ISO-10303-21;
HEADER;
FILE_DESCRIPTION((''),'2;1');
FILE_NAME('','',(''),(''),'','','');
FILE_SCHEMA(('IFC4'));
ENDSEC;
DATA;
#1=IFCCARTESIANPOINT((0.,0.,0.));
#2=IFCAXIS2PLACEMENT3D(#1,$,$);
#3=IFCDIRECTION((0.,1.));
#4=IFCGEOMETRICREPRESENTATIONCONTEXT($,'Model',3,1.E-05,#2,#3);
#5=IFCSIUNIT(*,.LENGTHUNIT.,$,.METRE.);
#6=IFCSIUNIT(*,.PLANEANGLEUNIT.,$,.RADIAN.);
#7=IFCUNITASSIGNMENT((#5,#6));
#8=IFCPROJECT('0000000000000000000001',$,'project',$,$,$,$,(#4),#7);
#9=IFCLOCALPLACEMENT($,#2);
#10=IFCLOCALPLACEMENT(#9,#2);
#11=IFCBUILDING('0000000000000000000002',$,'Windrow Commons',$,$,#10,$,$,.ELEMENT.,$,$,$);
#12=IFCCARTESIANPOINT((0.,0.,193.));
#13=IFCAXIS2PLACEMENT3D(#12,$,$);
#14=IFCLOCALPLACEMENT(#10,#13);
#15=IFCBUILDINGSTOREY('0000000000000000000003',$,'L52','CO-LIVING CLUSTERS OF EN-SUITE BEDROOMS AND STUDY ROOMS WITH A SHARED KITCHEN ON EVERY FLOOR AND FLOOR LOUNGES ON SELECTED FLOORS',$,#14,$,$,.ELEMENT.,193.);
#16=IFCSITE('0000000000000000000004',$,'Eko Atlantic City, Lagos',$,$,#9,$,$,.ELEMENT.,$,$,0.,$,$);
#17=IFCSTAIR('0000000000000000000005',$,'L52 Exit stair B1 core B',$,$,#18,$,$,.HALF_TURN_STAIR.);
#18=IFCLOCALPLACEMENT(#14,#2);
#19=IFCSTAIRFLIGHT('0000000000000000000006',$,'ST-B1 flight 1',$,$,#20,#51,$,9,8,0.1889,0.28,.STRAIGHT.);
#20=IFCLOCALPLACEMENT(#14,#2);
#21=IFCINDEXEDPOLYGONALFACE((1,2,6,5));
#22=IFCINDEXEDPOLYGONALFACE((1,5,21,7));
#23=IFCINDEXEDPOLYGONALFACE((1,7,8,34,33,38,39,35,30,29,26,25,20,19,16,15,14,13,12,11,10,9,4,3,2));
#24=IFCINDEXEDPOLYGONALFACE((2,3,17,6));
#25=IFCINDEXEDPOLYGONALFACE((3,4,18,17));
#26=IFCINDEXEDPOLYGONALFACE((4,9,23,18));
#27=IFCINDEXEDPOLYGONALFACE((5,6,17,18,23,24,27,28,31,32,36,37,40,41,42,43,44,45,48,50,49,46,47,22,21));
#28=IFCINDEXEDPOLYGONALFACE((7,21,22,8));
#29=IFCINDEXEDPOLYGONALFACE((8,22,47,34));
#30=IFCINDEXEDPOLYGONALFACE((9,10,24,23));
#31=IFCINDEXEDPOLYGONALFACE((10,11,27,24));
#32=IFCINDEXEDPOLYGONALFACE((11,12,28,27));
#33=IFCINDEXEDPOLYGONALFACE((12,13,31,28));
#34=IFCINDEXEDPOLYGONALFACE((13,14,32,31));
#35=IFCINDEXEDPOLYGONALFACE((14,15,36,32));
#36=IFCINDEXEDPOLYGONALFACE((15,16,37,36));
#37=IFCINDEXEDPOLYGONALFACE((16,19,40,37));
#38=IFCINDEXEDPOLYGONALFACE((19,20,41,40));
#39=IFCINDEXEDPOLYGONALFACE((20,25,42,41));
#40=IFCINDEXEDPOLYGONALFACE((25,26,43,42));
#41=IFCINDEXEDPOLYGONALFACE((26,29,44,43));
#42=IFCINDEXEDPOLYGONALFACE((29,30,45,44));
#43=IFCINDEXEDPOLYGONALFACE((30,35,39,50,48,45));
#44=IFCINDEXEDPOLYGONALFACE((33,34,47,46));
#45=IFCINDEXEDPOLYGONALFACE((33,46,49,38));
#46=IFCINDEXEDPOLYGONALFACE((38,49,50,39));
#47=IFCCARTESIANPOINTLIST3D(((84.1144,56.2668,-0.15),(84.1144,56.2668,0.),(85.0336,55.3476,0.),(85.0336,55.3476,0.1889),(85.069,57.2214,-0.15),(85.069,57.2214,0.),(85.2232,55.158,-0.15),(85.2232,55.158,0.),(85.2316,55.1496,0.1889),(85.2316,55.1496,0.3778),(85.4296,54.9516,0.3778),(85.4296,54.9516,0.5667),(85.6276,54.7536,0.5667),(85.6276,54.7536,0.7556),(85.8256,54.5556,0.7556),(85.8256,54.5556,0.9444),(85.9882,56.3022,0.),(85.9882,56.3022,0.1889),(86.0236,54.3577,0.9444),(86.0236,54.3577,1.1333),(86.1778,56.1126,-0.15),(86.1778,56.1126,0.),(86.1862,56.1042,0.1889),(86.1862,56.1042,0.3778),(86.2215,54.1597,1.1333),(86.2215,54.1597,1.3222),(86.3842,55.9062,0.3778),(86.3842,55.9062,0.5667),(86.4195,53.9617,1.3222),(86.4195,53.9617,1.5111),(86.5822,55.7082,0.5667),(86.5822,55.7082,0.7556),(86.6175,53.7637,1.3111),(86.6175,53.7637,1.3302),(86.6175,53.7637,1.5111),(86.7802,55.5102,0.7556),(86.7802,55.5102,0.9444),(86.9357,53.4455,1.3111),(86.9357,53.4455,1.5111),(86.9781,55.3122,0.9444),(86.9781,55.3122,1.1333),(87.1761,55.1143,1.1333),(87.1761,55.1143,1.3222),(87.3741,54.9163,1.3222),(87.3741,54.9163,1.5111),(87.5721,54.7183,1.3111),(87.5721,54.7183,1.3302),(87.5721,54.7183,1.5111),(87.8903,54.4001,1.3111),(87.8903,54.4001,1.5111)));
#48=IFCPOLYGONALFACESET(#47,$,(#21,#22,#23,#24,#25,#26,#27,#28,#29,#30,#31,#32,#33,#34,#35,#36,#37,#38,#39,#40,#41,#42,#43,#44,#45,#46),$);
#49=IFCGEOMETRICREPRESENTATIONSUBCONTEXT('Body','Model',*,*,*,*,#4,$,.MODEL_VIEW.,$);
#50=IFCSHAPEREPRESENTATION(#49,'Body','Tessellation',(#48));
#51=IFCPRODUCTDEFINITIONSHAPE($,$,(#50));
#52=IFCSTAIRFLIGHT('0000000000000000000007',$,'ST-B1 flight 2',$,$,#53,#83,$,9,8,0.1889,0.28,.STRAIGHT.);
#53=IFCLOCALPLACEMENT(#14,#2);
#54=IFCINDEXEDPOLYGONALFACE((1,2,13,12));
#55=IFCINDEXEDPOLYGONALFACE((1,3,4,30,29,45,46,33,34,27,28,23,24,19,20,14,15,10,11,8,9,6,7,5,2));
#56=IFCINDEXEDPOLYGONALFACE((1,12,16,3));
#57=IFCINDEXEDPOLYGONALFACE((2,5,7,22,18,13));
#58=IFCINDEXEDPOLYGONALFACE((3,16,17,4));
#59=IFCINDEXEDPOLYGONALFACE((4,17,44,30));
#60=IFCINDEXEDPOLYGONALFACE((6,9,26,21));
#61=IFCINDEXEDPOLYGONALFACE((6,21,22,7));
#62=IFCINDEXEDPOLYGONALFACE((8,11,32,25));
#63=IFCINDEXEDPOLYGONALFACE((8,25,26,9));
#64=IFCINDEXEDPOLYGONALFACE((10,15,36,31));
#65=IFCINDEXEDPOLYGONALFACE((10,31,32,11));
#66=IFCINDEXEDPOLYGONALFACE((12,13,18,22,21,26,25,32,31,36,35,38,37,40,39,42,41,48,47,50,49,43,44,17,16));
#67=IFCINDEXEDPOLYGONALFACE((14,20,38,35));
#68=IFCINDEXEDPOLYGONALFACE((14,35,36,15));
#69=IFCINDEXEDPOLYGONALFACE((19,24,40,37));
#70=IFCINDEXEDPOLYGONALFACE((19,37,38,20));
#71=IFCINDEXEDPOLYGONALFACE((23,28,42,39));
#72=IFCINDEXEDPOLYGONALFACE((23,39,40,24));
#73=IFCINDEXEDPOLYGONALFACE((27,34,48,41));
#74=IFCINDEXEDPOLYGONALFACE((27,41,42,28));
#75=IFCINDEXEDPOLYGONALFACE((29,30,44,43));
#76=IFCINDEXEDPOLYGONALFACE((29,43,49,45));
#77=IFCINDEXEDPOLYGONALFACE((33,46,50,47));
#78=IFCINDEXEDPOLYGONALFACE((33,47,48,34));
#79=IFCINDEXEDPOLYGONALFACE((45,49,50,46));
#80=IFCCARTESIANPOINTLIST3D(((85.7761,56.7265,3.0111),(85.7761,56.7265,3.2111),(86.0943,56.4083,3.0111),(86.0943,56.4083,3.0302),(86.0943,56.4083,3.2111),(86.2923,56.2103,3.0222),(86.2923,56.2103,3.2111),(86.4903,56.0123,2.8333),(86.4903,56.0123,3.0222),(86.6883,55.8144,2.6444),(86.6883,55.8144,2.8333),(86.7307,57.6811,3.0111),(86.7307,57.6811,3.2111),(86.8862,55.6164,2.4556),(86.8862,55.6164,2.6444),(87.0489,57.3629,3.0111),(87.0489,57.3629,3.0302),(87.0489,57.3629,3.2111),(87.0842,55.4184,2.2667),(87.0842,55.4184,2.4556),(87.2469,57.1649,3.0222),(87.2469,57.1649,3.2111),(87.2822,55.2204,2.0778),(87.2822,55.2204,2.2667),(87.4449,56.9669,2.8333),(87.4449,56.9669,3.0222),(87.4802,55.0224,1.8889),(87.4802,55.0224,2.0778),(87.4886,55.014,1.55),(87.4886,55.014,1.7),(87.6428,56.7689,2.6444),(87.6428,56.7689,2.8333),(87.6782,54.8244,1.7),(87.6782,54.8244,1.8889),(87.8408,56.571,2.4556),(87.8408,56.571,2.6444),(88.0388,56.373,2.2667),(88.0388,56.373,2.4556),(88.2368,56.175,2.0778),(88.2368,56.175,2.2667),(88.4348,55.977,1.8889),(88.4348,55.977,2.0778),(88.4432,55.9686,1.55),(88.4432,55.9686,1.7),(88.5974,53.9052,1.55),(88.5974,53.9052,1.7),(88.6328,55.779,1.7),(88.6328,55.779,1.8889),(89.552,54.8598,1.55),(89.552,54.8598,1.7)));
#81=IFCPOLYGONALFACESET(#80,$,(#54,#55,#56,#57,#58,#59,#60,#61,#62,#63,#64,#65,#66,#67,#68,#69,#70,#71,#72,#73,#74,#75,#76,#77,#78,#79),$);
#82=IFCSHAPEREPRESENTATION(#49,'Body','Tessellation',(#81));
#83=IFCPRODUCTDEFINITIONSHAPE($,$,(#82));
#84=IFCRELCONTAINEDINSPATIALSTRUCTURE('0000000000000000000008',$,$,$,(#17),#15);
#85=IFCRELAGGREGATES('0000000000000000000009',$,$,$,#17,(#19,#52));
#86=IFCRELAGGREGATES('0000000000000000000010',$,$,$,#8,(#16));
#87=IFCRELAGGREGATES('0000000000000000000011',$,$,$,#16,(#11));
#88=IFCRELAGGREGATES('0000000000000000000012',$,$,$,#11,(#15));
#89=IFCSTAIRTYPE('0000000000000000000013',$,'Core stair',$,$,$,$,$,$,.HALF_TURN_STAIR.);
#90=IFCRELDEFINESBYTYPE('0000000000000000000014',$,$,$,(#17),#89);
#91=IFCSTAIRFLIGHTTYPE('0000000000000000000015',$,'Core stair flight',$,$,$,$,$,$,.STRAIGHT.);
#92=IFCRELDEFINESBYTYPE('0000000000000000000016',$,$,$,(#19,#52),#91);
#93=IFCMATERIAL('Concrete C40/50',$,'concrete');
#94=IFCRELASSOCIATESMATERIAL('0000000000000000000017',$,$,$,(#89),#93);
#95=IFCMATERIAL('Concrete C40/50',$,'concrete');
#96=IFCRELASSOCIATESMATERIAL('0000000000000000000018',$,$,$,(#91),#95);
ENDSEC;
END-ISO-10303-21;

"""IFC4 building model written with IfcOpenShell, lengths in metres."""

from ifc_helpers import new_model, si_unit, direction, frame, origin, place, context, subcontext, project, spatial, polyline, outline, extrude, material, type_object, element, aggregate, save


model = new_model("IFC4")

# Units and contexts
model_context = context("Model", 3, precision=1e-05, world=origin(), true_north=direction((0.0, 1.0)))
body_context = subcontext(model_context, "Body", "Model", "MODEL_VIEW")
ifc_project = project(units=[si_unit("LENGTHUNIT", "METRE"), si_unit("PLANEANGLEUNIT", "RADIAN")], contexts=[model_context])

# Site, building, storey
site_placement = place(None, origin())
site = spatial("IfcSite", under=ifc_project, at=site_placement, Name="Eko Atlantic City, Lagos", CompositionType="ELEMENT", RefElevation=0.0)
building_placement = place(site_placement, origin())
building = spatial("IfcBuilding", under=site, at=building_placement, Name="Windrow Commons", CompositionType="ELEMENT")
storey_placement = place(building_placement, frame((0.0, 0.0, 193.0)))
storey = spatial("IfcBuildingStorey", under=building, at=storey_placement, Name="L52", Description="CO-LIVING CLUSTERS OF EN-SUITE BEDROOMS AND STUDY ROOMS WITH A SHARED KITCHEN ON EVERY FLOOR AND FLOOR LOUNGES ON SELECTED FLOORS", CompositionType="ELEMENT", Elevation=193.0)

# Stair, stair flights
ifc_material_1 = material(Name="Concrete C40/50", Category="concrete")
stair_type = type_object("IfcStairType", Name="Core stair", PredefinedType="HALF_TURN_STAIR", material=ifc_material_1)
stair_placement = place(storey_placement, origin())
stair = element("IfcStair", 1, at=stair_placement, inside=storey, type_object=stair_type, Name="L52 Exit stair B1 core B", PredefinedType="HALF_TURN_STAIR")
ifc_material_2 = material(Name="Concrete C40/50", Category="concrete")
stair_flight_type = type_object("IfcStairFlightType", Name="Core stair flight", PredefinedType="STRAIGHT", material=ifc_material_2)
stair_flight_1_placement = place(storey_placement, frame((85.5109, 55.8249, 0.0), z_axis=(0.0, 0.0, 1.0), x_axis=(0.707107, -0.707107, 0.0)))
stair_flight_1 = element("IfcStairFlight", 2, at=stair_flight_1_placement, type_object=stair_flight_type, Name="ST-B1 flight 1", NumberOfRisers=9, NumberOfTreads=8, PredefinedType="STRAIGHT", RiserHeight=0.1889, TreadLength=0.28, context=body_context, shape_type="SweptSolid", body=[
    extrude(outline(polyline([(-1.3, -0.15), (-1.3, 0.0), (0.0, 0.0), (0.0, 0.1889), (0.28, 0.1889), (0.28, 0.3778), (0.56, 0.3778), (0.56, 0.5667), (0.84, 0.5667), (0.84, 0.7556), (1.12, 0.7556), (1.12, 0.9444), (1.4, 0.9444), (1.4, 1.1333), (1.68, 1.1333), (1.68, 1.3222), (1.96, 1.3222), (1.96, 1.5111), (2.24, 1.5111), (2.69, 1.5111), (2.69, 1.3111), (2.24, 1.3111), (2.24, 1.3302), (0.2682, 0.0), (0.2682, -0.15), (-1.3, -0.15)])), frame((0.0, 0.675, 0.0), z_axis=(0.0, -1.0, 0.0), x_axis=(1.0, 0.0, 0.0)), (0.0, 0.0, 1.0), 1.35),
])
stair_flight_2_placement = place(storey_placement, frame((88.1555, 55.3017, 1.7), z_axis=(0.0, 0.0, 1.0), x_axis=(-0.707107, 0.707107, 0.0)))
stair_flight_2 = element("IfcStairFlight", 3, at=stair_flight_2_placement, type_object=stair_flight_type, Name="ST-B1 flight 2", NumberOfRisers=9, NumberOfTreads=8, PredefinedType="STRAIGHT", RiserHeight=0.1889, TreadLength=0.28, context=body_context, shape_type="SweptSolid", body=[
    extrude(outline(polyline([(-1.3, -0.15), (-1.3, 0.0), (0.0, 0.0), (0.0, 0.1889), (0.28, 0.1889), (0.28, 0.3778), (0.56, 0.3778), (0.56, 0.5667), (0.84, 0.5667), (0.84, 0.7556), (1.12, 0.7556), (1.12, 0.9444), (1.4, 0.9444), (1.4, 1.1333), (1.68, 1.1333), (1.68, 1.3222), (1.96, 1.3222), (1.96, 1.5111), (2.24, 1.5111), (2.69, 1.5111), (2.69, 1.3111), (2.24, 1.3111), (2.24, 1.3302), (0.2682, 0.0), (0.2682, -0.15), (-1.3, -0.15)])), frame((0.0, 0.675, 0.0), z_axis=(0.0, -1.0, 0.0), x_axis=(1.0, 0.0, 0.0)), (0.0, 0.0, 1.0), 1.35),
])
aggregate(stair, [stair_flight_1, stair_flight_2])

save(model, "model.ifc")
